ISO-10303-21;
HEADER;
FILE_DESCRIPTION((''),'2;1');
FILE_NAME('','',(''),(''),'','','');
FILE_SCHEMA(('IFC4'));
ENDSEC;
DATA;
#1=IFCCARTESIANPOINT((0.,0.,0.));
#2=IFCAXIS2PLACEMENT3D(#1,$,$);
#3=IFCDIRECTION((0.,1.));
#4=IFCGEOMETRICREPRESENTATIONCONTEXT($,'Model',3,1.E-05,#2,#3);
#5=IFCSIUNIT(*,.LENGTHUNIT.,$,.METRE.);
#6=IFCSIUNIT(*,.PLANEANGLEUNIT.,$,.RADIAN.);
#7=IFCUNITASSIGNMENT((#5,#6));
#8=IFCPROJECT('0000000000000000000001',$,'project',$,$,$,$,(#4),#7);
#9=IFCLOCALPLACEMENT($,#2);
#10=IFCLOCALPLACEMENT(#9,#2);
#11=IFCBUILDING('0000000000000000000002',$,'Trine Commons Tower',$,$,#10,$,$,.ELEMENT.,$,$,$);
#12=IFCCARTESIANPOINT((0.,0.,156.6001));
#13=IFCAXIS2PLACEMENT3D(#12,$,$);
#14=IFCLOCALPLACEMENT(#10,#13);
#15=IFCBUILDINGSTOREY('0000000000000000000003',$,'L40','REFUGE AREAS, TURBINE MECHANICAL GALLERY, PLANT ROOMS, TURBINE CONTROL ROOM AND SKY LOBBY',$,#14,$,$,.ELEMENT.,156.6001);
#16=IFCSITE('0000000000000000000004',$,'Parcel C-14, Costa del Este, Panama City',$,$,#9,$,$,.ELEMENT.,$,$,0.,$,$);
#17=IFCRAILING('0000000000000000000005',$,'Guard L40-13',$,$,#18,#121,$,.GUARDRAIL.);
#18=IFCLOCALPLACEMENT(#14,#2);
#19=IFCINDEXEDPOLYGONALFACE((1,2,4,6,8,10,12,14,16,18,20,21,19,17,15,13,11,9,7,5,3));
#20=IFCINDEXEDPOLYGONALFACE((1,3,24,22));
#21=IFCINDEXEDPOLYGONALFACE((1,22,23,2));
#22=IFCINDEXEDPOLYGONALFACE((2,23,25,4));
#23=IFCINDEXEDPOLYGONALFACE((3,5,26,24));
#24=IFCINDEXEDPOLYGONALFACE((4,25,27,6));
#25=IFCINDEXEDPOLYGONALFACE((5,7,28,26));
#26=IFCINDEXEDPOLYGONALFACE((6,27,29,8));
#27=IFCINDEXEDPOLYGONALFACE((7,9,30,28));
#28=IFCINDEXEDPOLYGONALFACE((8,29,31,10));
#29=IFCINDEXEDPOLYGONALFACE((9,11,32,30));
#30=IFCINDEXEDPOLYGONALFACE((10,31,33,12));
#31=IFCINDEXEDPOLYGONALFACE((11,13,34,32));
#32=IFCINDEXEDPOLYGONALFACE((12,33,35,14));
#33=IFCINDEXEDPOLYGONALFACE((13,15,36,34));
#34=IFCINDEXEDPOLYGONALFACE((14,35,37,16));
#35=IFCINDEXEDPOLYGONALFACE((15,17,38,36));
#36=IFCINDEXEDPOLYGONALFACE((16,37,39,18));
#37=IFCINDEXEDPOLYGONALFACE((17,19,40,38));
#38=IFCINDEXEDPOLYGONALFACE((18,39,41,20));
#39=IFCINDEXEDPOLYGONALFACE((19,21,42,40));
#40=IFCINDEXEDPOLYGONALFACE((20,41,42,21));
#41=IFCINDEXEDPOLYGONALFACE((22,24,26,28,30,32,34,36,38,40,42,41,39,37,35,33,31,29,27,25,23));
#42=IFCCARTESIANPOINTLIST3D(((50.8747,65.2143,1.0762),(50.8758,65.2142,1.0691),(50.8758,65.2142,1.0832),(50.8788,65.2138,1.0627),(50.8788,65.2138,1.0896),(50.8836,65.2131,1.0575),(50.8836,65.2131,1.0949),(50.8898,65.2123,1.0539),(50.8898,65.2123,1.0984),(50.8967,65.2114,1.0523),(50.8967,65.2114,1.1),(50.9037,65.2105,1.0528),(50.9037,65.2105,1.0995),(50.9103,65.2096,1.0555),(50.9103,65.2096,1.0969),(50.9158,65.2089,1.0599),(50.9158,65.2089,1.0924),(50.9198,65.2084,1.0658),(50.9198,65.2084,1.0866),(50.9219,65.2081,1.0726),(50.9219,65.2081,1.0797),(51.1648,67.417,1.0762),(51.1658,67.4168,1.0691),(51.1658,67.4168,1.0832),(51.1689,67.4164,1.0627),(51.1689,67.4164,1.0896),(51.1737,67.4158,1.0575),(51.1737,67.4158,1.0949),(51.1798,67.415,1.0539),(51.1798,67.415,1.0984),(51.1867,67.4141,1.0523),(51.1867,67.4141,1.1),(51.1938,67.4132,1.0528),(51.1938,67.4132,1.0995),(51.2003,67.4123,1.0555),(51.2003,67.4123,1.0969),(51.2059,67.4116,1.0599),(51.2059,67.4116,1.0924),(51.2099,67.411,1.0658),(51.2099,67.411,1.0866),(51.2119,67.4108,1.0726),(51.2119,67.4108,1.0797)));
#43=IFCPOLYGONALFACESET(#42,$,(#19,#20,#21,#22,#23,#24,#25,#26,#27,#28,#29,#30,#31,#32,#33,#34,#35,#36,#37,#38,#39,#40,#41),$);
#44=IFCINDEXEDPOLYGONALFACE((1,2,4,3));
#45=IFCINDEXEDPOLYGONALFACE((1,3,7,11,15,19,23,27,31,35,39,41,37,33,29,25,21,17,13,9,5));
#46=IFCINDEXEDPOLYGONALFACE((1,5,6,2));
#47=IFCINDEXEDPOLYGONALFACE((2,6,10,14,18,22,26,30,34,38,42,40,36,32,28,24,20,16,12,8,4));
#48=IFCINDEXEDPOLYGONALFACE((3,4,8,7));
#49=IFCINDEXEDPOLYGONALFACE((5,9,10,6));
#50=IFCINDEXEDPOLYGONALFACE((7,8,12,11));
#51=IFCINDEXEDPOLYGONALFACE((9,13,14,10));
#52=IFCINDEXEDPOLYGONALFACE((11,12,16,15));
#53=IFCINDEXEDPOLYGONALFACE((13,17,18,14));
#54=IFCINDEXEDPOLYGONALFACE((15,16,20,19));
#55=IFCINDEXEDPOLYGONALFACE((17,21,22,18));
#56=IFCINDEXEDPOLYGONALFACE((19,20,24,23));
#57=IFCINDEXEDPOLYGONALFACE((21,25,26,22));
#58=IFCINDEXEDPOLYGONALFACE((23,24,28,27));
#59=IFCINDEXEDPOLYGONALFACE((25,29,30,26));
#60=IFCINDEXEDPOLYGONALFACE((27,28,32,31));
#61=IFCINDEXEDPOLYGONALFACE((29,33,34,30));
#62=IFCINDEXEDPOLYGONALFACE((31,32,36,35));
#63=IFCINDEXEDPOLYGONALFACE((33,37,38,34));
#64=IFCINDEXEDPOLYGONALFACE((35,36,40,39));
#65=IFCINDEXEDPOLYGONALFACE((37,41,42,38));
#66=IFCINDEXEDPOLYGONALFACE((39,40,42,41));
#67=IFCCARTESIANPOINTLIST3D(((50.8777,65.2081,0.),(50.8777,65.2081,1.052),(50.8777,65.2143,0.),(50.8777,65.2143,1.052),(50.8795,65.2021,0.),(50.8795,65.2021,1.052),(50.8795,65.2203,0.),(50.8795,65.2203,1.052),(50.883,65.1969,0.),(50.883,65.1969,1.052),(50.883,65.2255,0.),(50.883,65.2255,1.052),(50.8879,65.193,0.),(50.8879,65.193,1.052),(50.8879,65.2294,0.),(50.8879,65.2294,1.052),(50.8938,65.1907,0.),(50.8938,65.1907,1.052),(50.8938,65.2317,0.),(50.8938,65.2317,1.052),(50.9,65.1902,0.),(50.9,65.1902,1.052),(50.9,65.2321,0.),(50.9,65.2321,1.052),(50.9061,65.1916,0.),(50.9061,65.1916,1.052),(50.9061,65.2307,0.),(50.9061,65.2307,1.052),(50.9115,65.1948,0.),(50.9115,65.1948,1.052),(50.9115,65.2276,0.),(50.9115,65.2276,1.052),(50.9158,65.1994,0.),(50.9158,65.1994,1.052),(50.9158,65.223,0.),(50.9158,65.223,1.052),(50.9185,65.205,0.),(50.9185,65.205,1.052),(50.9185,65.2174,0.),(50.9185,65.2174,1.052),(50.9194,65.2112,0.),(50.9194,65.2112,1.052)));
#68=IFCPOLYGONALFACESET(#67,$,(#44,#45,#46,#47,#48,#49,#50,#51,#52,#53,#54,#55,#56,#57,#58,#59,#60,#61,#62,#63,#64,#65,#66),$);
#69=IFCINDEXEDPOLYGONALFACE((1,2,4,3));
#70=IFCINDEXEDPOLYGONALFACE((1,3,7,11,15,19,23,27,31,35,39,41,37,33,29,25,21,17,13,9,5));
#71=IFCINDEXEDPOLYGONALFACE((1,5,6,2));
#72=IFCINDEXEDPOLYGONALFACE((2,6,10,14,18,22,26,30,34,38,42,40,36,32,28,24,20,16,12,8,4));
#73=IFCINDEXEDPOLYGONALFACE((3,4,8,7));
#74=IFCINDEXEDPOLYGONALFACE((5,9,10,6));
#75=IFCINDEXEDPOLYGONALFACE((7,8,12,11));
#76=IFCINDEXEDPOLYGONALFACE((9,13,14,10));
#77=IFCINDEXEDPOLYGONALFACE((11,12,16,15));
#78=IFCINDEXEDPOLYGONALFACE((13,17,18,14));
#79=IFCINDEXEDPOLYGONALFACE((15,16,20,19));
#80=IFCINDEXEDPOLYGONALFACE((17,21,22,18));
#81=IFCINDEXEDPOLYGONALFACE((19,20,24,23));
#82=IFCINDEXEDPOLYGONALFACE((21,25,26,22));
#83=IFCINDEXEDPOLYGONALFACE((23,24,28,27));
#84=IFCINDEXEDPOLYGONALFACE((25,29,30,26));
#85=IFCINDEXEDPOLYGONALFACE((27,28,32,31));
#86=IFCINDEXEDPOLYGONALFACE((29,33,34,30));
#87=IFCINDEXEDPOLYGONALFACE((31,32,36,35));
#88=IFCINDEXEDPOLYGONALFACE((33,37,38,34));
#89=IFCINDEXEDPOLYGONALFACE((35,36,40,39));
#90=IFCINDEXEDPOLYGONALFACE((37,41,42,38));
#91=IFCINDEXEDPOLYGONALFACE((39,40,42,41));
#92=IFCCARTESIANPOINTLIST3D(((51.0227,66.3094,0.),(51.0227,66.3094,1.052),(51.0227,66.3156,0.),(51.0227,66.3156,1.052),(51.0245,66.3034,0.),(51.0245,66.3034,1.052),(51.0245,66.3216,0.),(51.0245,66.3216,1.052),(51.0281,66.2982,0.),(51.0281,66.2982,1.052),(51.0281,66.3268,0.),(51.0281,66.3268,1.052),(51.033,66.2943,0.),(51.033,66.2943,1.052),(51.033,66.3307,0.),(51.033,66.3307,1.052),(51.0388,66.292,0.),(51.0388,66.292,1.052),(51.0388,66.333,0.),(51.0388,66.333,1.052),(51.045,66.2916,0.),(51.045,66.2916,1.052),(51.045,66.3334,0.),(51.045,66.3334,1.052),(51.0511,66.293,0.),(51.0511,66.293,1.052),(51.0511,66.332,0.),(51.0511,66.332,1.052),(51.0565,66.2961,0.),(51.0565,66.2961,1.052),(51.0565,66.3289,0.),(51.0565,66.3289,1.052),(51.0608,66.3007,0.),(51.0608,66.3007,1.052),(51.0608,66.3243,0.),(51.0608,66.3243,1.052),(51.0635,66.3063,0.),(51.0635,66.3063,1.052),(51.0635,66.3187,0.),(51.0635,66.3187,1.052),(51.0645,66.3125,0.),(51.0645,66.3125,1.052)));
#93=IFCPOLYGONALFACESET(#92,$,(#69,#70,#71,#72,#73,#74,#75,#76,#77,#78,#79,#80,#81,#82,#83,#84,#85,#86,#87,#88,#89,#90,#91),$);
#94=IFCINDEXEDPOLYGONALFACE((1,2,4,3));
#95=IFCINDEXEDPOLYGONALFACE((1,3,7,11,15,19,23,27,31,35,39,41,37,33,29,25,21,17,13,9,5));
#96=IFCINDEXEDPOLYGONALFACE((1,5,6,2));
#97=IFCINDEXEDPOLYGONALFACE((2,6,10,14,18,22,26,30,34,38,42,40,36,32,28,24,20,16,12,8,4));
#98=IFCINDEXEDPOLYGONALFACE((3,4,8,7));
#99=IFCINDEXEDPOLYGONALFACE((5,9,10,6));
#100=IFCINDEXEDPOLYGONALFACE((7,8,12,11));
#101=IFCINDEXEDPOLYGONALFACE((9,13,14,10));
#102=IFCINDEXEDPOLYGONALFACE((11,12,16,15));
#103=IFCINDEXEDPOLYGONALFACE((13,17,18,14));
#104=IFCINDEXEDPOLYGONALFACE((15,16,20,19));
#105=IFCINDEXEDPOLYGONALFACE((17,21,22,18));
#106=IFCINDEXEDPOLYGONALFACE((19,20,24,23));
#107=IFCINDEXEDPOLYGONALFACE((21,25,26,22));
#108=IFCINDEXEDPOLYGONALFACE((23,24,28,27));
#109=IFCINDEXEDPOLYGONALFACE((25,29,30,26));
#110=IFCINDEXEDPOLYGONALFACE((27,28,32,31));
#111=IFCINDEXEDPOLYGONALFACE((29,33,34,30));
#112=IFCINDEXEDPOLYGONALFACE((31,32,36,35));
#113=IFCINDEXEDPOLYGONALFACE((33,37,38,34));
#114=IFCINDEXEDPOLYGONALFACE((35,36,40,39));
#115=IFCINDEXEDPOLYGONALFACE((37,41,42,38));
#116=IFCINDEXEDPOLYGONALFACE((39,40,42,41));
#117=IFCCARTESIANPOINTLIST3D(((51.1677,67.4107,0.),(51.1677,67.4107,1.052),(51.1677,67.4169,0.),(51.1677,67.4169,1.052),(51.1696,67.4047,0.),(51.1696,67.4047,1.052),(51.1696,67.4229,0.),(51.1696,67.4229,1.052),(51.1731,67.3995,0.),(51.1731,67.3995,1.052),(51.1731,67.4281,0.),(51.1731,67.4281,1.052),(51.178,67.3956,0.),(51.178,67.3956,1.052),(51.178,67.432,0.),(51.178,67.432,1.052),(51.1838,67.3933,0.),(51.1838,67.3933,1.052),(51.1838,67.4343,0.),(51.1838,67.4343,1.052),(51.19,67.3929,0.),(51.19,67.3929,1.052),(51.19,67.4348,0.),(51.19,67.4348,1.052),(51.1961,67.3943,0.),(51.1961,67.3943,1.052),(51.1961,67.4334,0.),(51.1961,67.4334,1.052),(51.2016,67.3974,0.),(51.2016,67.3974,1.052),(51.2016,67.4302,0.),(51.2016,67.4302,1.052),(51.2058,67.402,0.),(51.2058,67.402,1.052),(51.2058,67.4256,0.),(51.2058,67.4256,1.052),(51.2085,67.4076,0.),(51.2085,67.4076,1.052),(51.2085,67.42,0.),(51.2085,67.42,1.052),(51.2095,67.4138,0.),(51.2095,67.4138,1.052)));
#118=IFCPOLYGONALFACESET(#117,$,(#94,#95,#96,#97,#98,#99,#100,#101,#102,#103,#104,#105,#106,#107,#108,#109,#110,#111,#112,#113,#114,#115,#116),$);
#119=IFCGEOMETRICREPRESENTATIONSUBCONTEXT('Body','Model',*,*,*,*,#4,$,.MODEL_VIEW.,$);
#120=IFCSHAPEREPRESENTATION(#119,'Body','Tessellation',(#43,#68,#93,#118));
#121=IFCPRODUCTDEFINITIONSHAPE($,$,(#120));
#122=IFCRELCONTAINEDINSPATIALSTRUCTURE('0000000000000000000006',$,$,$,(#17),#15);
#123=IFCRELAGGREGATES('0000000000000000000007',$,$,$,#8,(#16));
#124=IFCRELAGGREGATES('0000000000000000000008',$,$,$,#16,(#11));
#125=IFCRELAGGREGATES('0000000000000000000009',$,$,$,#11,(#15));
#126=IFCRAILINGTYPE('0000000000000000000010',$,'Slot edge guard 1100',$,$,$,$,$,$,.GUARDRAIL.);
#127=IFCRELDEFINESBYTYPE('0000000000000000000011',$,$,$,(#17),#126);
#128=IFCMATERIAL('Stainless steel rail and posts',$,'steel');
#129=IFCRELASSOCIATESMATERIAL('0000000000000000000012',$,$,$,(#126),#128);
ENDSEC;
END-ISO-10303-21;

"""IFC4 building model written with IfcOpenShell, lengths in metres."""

from ifc_helpers import new_model, si_unit, direction, frame, origin, origin_2d, place, context, subcontext, project, spatial, circle, extrude, material, type_object, element, save


model = new_model("IFC4")

# Units and contexts
model_context = context("Model", 3, precision=1e-05, world=origin(), true_north=direction((0.0, 1.0)))
body_context = subcontext(model_context, "Body", "Model", "MODEL_VIEW")
ifc_project = project(units=[si_unit("LENGTHUNIT", "METRE"), si_unit("PLANEANGLEUNIT", "RADIAN")], contexts=[model_context])

# Site, building, storey
site_placement = place(None, origin())
site = spatial("IfcSite", under=ifc_project, at=site_placement, Name="Parcel C-14, Costa del Este, Panama City", CompositionType="ELEMENT", RefElevation=0.0)
building_placement = place(site_placement, origin())
building = spatial("IfcBuilding", under=site, at=building_placement, Name="Trine Commons Tower", CompositionType="ELEMENT")
storey_placement = place(building_placement, frame((0.0, 0.0, 156.6001)))
storey = spatial("IfcBuildingStorey", under=building, at=storey_placement, Name="L40", Description="REFUGE AREAS, TURBINE MECHANICAL GALLERY, PLANT ROOMS, TURBINE CONTROL ROOM AND SKY LOBBY", CompositionType="ELEMENT", Elevation=156.6001)

# Railing
ifc_material_1 = material(Name="Stainless steel rail and posts", Category="steel")
railing_type = type_object("IfcRailingType", Name="Slot edge guard 1100", PredefinedType="GUARDRAIL", material=ifc_material_1)
railing_1_placement = place(storey_placement, frame((50.8984, 65.2112, 0.0)))
element("IfcRailing", 1, at=railing_1_placement, inside=storey, type_object=railing_type, Name="Guard L40-13", PredefinedType="GUARDRAIL", context=body_context, shape_type="SweptSolid", body=[
    extrude(circle(Radius=0.0239, at=origin_2d()), frame((0.0, 0.0, 1.0762), z_axis=(0.130551, 0.991442, 0.0), x_axis=(-0.991442, 0.130551, 0.0)), (0.0, 0.0, 1.0), 2.2217),
    extrude(circle(Radius=0.021, at=origin_2d()), origin(), (0.0, 0.0, 1.0), 1.052),
    extrude(circle(Radius=0.021, at=origin_2d()), frame((0.145, 1.1013, 0.0)), (0.0, 0.0, 1.0), 1.052),
    extrude(circle(Radius=0.021, at=origin_2d()), frame((0.29, 2.2026, 0.0)), (0.0, 0.0, 1.0), 1.052),
])

save(model, "model.ifc")
